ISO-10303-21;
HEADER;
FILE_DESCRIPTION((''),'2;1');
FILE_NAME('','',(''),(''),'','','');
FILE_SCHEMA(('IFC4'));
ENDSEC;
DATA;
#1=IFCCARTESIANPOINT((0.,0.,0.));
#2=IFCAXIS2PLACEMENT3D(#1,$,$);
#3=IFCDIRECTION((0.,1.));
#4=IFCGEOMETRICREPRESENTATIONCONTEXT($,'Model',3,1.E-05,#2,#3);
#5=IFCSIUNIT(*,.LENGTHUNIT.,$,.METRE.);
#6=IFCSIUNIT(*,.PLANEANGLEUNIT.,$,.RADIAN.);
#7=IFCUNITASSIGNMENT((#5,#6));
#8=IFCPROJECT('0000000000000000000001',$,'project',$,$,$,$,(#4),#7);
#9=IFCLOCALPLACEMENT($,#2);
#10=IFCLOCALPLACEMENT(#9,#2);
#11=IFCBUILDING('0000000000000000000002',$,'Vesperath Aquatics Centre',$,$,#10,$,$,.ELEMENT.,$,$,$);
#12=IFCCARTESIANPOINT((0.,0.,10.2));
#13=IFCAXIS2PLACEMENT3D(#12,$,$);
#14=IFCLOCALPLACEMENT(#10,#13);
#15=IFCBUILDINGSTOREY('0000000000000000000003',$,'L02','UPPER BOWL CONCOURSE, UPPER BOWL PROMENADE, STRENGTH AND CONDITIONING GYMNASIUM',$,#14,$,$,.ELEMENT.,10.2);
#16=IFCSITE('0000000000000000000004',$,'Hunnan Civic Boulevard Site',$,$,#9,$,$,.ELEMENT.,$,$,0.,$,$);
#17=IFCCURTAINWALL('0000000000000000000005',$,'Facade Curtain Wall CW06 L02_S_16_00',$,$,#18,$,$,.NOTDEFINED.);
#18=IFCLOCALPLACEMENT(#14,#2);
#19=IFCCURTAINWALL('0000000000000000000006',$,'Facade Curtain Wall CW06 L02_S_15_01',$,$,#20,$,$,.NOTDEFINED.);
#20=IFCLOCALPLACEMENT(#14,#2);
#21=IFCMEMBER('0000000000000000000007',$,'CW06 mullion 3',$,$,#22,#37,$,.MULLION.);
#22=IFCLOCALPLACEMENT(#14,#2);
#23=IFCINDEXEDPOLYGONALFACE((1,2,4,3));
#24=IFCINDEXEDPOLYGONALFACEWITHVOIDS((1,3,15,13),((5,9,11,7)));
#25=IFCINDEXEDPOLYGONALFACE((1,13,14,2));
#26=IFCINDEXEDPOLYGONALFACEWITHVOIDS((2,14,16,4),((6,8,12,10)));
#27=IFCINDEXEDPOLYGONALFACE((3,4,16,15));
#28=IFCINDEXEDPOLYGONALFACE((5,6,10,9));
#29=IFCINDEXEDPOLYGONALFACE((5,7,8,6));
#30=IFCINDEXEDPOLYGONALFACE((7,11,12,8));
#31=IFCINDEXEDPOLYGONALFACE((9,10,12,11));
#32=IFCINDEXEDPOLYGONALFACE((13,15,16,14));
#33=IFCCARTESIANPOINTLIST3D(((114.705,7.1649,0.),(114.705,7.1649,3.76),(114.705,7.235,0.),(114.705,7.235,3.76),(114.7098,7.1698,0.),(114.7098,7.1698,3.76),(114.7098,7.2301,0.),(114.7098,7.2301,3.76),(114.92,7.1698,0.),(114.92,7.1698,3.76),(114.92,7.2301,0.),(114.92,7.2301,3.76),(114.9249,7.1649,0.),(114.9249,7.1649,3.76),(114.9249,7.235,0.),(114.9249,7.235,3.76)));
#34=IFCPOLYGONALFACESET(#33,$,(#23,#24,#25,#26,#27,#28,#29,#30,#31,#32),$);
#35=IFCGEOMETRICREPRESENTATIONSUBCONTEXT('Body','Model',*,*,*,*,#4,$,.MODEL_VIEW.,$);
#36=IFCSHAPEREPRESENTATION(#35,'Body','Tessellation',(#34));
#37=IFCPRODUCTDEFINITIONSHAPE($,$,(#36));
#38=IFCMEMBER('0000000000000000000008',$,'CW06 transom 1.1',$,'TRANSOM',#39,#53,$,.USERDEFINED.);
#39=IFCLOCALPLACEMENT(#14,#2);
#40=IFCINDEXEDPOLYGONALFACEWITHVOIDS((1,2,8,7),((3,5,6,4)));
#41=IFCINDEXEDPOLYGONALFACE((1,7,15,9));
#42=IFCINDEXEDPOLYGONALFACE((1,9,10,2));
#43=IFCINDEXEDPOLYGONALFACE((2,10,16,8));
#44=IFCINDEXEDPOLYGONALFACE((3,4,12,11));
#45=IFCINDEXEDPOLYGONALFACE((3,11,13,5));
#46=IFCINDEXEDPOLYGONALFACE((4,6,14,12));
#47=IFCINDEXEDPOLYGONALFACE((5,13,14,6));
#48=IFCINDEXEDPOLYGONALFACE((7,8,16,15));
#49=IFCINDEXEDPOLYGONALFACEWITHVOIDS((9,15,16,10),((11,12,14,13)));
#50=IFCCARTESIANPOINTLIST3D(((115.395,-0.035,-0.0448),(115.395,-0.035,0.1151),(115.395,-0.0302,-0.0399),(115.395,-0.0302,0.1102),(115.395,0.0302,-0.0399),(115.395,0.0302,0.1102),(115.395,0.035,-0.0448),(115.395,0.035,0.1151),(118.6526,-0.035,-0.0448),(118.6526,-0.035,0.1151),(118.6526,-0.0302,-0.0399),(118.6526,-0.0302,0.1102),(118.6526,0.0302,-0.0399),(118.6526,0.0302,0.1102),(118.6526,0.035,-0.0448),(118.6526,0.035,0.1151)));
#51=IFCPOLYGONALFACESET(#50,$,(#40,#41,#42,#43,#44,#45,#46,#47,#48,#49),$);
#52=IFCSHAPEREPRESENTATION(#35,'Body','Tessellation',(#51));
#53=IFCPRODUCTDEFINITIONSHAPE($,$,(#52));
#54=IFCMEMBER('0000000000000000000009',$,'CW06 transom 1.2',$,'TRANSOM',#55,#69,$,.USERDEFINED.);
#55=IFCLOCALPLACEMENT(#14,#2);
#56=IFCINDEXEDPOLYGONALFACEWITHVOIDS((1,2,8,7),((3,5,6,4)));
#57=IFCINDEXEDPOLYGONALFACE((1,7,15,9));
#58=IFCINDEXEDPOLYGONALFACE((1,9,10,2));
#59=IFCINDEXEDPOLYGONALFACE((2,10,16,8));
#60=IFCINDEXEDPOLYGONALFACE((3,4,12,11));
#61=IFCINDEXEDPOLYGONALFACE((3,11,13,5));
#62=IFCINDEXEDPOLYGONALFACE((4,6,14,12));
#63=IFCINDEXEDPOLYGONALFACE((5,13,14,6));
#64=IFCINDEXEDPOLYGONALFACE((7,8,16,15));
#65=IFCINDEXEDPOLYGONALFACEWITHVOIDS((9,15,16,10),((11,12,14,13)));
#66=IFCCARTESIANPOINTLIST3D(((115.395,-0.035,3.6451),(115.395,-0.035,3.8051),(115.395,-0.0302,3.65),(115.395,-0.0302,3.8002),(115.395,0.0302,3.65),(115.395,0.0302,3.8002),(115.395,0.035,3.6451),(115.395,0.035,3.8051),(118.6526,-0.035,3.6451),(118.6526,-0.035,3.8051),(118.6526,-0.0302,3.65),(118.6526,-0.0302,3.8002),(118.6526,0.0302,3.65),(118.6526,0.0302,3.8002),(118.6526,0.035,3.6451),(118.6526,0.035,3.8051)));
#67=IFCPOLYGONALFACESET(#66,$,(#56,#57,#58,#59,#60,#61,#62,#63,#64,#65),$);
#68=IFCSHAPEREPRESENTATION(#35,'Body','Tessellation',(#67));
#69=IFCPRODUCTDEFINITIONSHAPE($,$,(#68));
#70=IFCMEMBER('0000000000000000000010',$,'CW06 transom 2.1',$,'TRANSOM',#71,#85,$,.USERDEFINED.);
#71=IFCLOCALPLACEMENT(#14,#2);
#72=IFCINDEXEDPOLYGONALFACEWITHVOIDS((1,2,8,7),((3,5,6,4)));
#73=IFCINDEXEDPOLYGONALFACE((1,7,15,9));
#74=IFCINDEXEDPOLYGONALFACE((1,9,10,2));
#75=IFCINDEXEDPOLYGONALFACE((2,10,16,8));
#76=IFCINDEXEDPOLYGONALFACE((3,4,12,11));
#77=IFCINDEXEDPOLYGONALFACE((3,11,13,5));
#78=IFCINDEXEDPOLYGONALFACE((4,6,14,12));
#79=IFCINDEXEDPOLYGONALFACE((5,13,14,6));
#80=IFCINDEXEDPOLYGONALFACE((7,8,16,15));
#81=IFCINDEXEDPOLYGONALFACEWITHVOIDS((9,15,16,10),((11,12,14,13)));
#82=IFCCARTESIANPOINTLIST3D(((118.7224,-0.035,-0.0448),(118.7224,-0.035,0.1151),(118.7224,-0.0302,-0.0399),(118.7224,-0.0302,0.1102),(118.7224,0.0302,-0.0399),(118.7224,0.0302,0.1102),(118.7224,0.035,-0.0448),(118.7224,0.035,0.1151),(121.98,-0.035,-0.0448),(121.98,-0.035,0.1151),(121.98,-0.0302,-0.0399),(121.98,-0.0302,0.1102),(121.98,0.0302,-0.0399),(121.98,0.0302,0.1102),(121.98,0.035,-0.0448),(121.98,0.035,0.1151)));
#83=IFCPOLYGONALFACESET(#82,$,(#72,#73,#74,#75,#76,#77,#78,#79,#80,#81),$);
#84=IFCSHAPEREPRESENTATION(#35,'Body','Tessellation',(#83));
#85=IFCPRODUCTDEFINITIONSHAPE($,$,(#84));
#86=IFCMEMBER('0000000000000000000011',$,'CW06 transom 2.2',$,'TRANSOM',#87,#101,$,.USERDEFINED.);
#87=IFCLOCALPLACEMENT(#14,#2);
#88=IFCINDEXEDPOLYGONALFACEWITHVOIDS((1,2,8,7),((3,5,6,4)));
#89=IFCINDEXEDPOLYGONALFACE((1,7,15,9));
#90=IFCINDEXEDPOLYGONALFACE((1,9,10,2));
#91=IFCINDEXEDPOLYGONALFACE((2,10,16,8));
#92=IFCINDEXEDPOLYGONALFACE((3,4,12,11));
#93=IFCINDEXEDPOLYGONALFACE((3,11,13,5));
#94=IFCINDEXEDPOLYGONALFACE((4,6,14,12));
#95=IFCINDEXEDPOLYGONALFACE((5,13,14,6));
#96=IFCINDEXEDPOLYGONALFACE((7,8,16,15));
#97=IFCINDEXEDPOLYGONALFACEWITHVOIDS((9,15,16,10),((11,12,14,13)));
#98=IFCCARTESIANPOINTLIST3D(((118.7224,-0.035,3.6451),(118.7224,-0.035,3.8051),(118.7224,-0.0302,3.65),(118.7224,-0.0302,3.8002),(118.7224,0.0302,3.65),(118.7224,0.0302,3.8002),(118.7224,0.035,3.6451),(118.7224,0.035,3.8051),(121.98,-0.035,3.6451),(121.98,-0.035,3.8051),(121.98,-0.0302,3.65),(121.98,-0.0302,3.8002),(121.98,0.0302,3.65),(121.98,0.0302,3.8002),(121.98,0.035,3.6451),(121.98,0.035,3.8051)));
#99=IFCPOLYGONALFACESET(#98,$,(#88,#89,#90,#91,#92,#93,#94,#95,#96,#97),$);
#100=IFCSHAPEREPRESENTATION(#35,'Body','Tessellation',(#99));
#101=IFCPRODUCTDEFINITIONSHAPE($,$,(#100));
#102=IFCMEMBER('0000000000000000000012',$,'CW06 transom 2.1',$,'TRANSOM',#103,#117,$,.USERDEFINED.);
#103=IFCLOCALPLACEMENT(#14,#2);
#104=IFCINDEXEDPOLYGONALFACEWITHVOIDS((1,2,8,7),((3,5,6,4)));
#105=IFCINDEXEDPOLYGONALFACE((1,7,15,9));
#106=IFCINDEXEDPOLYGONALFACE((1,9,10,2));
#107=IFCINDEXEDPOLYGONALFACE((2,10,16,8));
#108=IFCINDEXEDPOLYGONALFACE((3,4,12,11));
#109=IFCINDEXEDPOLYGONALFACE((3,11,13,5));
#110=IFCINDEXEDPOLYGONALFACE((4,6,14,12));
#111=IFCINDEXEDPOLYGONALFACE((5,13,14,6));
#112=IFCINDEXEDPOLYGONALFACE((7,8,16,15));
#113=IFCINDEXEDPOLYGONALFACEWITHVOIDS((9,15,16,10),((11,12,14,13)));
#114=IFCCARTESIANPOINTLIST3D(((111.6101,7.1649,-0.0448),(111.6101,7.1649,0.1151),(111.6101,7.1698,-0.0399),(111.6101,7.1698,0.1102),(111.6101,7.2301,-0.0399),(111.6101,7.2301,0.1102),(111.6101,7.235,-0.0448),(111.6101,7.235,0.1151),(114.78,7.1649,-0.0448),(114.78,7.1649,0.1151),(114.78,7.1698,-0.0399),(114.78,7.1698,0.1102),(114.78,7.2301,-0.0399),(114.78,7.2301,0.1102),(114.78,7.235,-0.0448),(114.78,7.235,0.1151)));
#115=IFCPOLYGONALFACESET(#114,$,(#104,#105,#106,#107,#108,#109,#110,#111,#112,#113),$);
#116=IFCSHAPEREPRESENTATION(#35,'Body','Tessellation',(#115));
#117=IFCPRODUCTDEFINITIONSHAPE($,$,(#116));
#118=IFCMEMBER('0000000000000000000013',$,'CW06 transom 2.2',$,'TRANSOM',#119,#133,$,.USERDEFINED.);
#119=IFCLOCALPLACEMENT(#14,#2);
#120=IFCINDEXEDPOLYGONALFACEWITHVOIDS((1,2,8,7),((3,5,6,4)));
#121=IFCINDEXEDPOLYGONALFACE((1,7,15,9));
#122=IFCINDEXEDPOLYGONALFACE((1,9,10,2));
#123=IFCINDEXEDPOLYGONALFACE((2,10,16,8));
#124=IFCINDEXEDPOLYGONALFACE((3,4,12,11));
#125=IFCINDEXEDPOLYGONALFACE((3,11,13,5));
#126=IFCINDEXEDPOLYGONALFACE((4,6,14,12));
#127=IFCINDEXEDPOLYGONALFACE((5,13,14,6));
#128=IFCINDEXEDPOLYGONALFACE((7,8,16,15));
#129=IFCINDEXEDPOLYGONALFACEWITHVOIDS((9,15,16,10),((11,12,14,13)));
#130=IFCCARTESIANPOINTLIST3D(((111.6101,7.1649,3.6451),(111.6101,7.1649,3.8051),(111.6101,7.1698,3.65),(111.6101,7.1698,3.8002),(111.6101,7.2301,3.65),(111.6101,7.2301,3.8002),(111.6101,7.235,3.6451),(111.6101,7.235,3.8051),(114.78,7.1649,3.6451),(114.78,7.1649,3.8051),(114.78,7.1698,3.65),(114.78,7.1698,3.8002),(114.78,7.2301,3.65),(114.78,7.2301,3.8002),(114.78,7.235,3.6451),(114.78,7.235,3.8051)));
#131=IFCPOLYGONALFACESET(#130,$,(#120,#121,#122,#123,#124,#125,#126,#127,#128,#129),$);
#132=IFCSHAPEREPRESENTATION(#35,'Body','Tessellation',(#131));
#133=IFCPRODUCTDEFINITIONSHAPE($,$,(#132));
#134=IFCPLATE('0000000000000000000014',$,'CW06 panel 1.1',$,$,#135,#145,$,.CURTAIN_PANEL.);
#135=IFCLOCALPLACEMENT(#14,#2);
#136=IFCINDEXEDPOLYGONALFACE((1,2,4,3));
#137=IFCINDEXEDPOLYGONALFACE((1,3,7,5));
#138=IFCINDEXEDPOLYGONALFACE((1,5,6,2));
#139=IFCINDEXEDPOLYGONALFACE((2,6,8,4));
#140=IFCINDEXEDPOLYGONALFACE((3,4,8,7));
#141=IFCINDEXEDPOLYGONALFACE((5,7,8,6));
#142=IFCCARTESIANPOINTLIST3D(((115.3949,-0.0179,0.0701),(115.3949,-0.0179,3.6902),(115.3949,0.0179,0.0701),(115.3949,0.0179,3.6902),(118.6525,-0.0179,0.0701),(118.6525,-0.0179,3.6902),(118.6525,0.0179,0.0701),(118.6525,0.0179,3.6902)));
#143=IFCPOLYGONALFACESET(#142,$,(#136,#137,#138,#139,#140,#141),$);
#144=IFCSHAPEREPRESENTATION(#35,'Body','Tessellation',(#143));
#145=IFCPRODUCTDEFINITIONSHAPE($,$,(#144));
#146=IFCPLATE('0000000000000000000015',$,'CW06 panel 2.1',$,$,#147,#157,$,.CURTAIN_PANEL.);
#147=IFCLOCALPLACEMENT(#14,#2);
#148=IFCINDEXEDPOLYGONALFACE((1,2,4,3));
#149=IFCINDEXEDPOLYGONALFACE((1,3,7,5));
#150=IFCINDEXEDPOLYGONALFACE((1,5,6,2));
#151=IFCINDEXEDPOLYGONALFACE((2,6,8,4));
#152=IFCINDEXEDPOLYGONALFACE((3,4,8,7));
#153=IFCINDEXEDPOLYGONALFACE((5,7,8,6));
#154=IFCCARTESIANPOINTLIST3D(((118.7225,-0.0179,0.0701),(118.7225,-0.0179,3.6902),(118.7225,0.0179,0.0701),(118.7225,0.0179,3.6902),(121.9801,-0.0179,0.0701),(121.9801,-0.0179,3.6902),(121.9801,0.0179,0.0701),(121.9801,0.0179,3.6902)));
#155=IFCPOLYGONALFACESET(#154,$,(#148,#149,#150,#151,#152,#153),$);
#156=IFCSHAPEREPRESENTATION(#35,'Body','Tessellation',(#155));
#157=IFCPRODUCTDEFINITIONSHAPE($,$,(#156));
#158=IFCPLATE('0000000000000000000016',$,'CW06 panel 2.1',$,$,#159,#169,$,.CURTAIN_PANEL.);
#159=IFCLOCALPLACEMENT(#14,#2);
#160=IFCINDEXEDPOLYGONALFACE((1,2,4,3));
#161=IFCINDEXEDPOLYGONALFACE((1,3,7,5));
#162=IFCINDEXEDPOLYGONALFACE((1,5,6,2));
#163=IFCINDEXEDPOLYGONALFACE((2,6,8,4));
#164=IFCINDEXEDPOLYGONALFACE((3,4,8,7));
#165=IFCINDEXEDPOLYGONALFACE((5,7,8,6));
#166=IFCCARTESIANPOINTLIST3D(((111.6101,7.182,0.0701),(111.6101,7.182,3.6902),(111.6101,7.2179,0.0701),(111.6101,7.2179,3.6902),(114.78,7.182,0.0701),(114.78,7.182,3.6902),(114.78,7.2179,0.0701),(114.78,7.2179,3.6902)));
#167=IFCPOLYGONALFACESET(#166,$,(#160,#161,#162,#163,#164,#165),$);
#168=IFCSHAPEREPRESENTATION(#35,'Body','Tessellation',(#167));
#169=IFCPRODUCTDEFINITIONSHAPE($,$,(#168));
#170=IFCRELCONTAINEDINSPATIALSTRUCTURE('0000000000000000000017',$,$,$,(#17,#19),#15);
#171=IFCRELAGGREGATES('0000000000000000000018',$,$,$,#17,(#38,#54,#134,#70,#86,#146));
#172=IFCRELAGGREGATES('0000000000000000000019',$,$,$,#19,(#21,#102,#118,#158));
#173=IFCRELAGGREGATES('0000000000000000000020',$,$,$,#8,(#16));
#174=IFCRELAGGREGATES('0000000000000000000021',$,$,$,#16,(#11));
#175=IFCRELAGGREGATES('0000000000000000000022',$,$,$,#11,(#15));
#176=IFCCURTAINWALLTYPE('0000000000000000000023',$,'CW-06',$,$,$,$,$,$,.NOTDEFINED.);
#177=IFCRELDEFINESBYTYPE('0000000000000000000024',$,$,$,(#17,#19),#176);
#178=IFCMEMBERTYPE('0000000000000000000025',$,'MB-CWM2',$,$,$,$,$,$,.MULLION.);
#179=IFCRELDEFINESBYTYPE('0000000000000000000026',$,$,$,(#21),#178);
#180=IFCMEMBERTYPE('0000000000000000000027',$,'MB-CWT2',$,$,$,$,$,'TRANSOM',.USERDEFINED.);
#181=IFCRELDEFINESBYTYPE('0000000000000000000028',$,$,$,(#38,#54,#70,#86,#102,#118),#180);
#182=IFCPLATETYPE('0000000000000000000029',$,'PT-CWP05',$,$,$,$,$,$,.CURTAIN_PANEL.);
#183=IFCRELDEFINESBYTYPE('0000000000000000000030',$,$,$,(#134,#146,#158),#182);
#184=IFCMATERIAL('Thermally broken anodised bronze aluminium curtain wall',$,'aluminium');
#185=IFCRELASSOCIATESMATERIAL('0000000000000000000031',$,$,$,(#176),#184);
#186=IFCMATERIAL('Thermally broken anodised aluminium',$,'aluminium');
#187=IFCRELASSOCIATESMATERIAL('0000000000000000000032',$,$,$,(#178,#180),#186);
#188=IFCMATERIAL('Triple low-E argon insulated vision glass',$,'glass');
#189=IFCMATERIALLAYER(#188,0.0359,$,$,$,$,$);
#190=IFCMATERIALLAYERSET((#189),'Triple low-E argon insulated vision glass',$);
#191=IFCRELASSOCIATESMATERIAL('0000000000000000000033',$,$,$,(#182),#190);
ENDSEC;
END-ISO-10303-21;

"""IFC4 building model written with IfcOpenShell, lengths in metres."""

from ifc_helpers import new_model, si_unit, direction, frame, origin, origin_2d, place, context, subcontext, project, spatial, rectangle, hollow_rectangle, extrude, material, layer, layer_set, material_profile, profile_set, type_object, element, aggregate, save


model = new_model("IFC4")

# Units and contexts
model_context = context("Model", 3, precision=1e-05, world=origin(), true_north=direction((0.0, 1.0)))
body_context = subcontext(model_context, "Body", "Model", "MODEL_VIEW")
ifc_project = project(units=[si_unit("LENGTHUNIT", "METRE"), si_unit("PLANEANGLEUNIT", "RADIAN")], contexts=[model_context])

# Site, building, storey
site_placement = place(None, origin())
site = spatial("IfcSite", under=ifc_project, at=site_placement, Name="Hunnan Civic Boulevard Site", CompositionType="ELEMENT", RefElevation=0.0)
building_placement = place(site_placement, origin())
building = spatial("IfcBuilding", under=site, at=building_placement, Name="Vesperath Aquatics Centre", CompositionType="ELEMENT")
storey_placement = place(building_placement, frame((0.0, 0.0, 10.2)))
storey = spatial("IfcBuildingStorey", under=building, at=storey_placement, Name="L02", Description="UPPER BOWL CONCOURSE, UPPER BOWL PROMENADE, STRENGTH AND CONDITIONING GYMNASIUM", CompositionType="ELEMENT", Elevation=10.2)

# Curtain walls, member
ifc_material_1 = material(Name="Thermally broken anodised bronze aluminium curtain wall", Category="aluminium")
curtain_wall_type = type_object("IfcCurtainWallType", Name="CW-06", PredefinedType="NOTDEFINED", material=ifc_material_1)
curtain_wall_1_placement = place(storey_placement, origin())
curtain_wall_1 = element("IfcCurtainWall", 1, at=curtain_wall_1_placement, inside=storey, type_object=curtain_wall_type, Name="Facade Curtain Wall CW06 L02_S_16_00", PredefinedType="NOTDEFINED")
ifc_material_2 = material(Name="Thermally broken anodised aluminium", Category="aluminium")
ifc_material_profile_1 = material_profile(ifc_material_2, hollow_rectangle(XDim=0.0701, YDim=0.22, WallThickness=0.0049, at=origin_2d()), Name="CWM 70x220x5")
ifc_profile_set_1 = profile_set([ifc_material_profile_1], Name="Thermally broken anodised aluminium")
member_type_1 = type_object("IfcMemberType", Name="MB-CWM2", PredefinedType="MULLION", material=ifc_profile_set_1)
curtain_wall_2_placement = place(storey_placement, origin())
curtain_wall_2 = element("IfcCurtainWall", 2, at=curtain_wall_2_placement, inside=storey, type_object=curtain_wall_type, Name="Facade Curtain Wall CW06 L02_S_15_01", PredefinedType="NOTDEFINED")
member_1_placement = place(storey_placement, frame((114.8149, 7.2, 0.0), z_axis=(0.0, 0.0, 1.0), x_axis=(0.0, 1.0, 0.0)))
member_1 = element("IfcMember", 3, at=member_1_placement, type_object=member_type_1, Name="CW06 mullion 3", PredefinedType="MULLION", context=body_context, shape_type="SweptSolid", body=[
    extrude(hollow_rectangle(XDim=0.0701, YDim=0.22, WallThickness=0.0049, at=origin_2d()), origin(), (0.0, 0.0, 1.0), 3.76),
])

# Members
ifc_material_profile_2 = material_profile(ifc_material_2, hollow_rectangle(XDim=0.0701, YDim=0.1599, WallThickness=0.0049, at=origin_2d()), Name="CWT 70x160x5")
ifc_profile_set_2 = profile_set([ifc_material_profile_2], Name="Thermally broken anodised aluminium")
member_type_2 = type_object("IfcMemberType", Name="MB-CWT2", ElementType="TRANSOM", PredefinedType="USERDEFINED", material=ifc_profile_set_2)
member_2_placement = place(storey_placement, frame((115.395, 0.0, 0.0352), z_axis=(1.0, 0.0, 0.0), x_axis=(0.0, 1.0, 0.0)))
member_2 = element("IfcMember", 4, at=member_2_placement, type_object=member_type_2, Name="CW06 transom 1.1", ObjectType="TRANSOM", PredefinedType="USERDEFINED", context=body_context, shape_type="SweptSolid", body=[
    extrude(hollow_rectangle(XDim=0.0701, YDim=0.1599, WallThickness=0.0049, at=origin_2d()), origin(), (0.0, 0.0, 1.0), 3.2576),
])
member_3_placement = place(storey_placement, frame((115.395, 0.0, 3.7251), z_axis=(1.0, 0.0, 0.0), x_axis=(0.0, 1.0, 0.0)))
member_3 = element("IfcMember", 5, at=member_3_placement, type_object=member_type_2, Name="CW06 transom 1.2", ObjectType="TRANSOM", PredefinedType="USERDEFINED", context=body_context, shape_type="SweptSolid", body=[
    extrude(hollow_rectangle(XDim=0.0701, YDim=0.1599, WallThickness=0.0049, at=origin_2d()), origin(), (0.0, 0.0, 1.0), 3.2576),
])
member_4_placement = place(storey_placement, frame((118.7224, 0.0, 0.0352), z_axis=(1.0, 0.0, 0.0), x_axis=(0.0, 1.0, 0.0)))
member_4 = element("IfcMember", 6, at=member_4_placement, type_object=member_type_2, Name="CW06 transom 2.1", ObjectType="TRANSOM", PredefinedType="USERDEFINED", context=body_context, shape_type="SweptSolid", body=[
    extrude(hollow_rectangle(XDim=0.0701, YDim=0.1599, WallThickness=0.0049, at=origin_2d()), origin(), (0.0, 0.0, 1.0), 3.2576),
])
member_5_placement = place(storey_placement, frame((118.7224, 0.0, 3.7251), z_axis=(1.0, 0.0, 0.0), x_axis=(0.0, 1.0, 0.0)))
member_5 = element("IfcMember", 7, at=member_5_placement, type_object=member_type_2, Name="CW06 transom 2.2", ObjectType="TRANSOM", PredefinedType="USERDEFINED", context=body_context, shape_type="SweptSolid", body=[
    extrude(hollow_rectangle(XDim=0.0701, YDim=0.1599, WallThickness=0.0049, at=origin_2d()), origin(), (0.0, 0.0, 1.0), 3.2576),
])
member_6_placement = place(storey_placement, frame((111.6101, 7.2, 0.0352), z_axis=(1.0, 0.0, 0.0), x_axis=(0.0, 1.0, 0.0)))
member_6 = element("IfcMember", 8, at=member_6_placement, type_object=member_type_2, Name="CW06 transom 2.1", ObjectType="TRANSOM", PredefinedType="USERDEFINED", context=body_context, shape_type="SweptSolid", body=[
    extrude(hollow_rectangle(XDim=0.0701, YDim=0.1599, WallThickness=0.0049, at=origin_2d()), origin(), (0.0, 0.0, 1.0), 3.1699),
])
member_7_placement = place(storey_placement, frame((111.6101, 7.2, 3.7251), z_axis=(1.0, 0.0, 0.0), x_axis=(0.0, 1.0, 0.0)))
member_7 = element("IfcMember", 9, at=member_7_placement, type_object=member_type_2, Name="CW06 transom 2.2", ObjectType="TRANSOM", PredefinedType="USERDEFINED", context=body_context, shape_type="SweptSolid", body=[
    extrude(hollow_rectangle(XDim=0.0701, YDim=0.1599, WallThickness=0.0049, at=origin_2d()), origin(), (0.0, 0.0, 1.0), 3.1699),
])

# Plates
ifc_material_3 = material(Name="Triple low-E argon insulated vision glass", Category="glass")
ifc_layer_1 = layer(ifc_material_3, 0.0359)
ifc_layer_set_1 = layer_set([ifc_layer_1], Name="Triple low-E argon insulated vision glass")
plate_type = type_object("IfcPlateType", Name="PT-CWP05", PredefinedType="CURTAIN_PANEL", material=ifc_layer_set_1)
plate_1_placement = place(storey_placement, frame((117.0237, 0.0, 0.0701), z_axis=(0.0, 0.0, 1.0), x_axis=(1.0, 0.0, 0.0)))
plate_1 = element("IfcPlate", 10, at=plate_1_placement, type_object=plate_type, Name="CW06 panel 1.1", PredefinedType="CURTAIN_PANEL", context=body_context, shape_type="SweptSolid", body=[
    extrude(rectangle(XDim=3.2576, YDim=0.0359, at=origin_2d()), origin(), (0.0, 0.0, 1.0), 3.6201),
])
plate_2_placement = place(storey_placement, frame((120.3513, 0.0, 0.0701), z_axis=(0.0, 0.0, 1.0), x_axis=(1.0, 0.0, 0.0)))
plate_2 = element("IfcPlate", 11, at=plate_2_placement, type_object=plate_type, Name="CW06 panel 2.1", PredefinedType="CURTAIN_PANEL", context=body_context, shape_type="SweptSolid", body=[
    extrude(rectangle(XDim=3.2576, YDim=0.0359, at=origin_2d()), origin(), (0.0, 0.0, 1.0), 3.6201),
])
aggregate(curtain_wall_1, [member_2, member_3, plate_1, member_4, member_5, plate_2])
plate_3_placement = place(storey_placement, frame((113.1951, 7.2, 0.0701), z_axis=(0.0, 0.0, 1.0), x_axis=(1.0, 0.0, 0.0)))
plate_3 = element("IfcPlate", 12, at=plate_3_placement, type_object=plate_type, Name="CW06 panel 2.1", PredefinedType="CURTAIN_PANEL", context=body_context, shape_type="SweptSolid", body=[
    extrude(rectangle(XDim=3.1699, YDim=0.0359, at=origin_2d()), origin(), (0.0, 0.0, 1.0), 3.6201),
])
aggregate(curtain_wall_2, [member_1, member_6, member_7, plate_3])

save(model, "model.ifc")
